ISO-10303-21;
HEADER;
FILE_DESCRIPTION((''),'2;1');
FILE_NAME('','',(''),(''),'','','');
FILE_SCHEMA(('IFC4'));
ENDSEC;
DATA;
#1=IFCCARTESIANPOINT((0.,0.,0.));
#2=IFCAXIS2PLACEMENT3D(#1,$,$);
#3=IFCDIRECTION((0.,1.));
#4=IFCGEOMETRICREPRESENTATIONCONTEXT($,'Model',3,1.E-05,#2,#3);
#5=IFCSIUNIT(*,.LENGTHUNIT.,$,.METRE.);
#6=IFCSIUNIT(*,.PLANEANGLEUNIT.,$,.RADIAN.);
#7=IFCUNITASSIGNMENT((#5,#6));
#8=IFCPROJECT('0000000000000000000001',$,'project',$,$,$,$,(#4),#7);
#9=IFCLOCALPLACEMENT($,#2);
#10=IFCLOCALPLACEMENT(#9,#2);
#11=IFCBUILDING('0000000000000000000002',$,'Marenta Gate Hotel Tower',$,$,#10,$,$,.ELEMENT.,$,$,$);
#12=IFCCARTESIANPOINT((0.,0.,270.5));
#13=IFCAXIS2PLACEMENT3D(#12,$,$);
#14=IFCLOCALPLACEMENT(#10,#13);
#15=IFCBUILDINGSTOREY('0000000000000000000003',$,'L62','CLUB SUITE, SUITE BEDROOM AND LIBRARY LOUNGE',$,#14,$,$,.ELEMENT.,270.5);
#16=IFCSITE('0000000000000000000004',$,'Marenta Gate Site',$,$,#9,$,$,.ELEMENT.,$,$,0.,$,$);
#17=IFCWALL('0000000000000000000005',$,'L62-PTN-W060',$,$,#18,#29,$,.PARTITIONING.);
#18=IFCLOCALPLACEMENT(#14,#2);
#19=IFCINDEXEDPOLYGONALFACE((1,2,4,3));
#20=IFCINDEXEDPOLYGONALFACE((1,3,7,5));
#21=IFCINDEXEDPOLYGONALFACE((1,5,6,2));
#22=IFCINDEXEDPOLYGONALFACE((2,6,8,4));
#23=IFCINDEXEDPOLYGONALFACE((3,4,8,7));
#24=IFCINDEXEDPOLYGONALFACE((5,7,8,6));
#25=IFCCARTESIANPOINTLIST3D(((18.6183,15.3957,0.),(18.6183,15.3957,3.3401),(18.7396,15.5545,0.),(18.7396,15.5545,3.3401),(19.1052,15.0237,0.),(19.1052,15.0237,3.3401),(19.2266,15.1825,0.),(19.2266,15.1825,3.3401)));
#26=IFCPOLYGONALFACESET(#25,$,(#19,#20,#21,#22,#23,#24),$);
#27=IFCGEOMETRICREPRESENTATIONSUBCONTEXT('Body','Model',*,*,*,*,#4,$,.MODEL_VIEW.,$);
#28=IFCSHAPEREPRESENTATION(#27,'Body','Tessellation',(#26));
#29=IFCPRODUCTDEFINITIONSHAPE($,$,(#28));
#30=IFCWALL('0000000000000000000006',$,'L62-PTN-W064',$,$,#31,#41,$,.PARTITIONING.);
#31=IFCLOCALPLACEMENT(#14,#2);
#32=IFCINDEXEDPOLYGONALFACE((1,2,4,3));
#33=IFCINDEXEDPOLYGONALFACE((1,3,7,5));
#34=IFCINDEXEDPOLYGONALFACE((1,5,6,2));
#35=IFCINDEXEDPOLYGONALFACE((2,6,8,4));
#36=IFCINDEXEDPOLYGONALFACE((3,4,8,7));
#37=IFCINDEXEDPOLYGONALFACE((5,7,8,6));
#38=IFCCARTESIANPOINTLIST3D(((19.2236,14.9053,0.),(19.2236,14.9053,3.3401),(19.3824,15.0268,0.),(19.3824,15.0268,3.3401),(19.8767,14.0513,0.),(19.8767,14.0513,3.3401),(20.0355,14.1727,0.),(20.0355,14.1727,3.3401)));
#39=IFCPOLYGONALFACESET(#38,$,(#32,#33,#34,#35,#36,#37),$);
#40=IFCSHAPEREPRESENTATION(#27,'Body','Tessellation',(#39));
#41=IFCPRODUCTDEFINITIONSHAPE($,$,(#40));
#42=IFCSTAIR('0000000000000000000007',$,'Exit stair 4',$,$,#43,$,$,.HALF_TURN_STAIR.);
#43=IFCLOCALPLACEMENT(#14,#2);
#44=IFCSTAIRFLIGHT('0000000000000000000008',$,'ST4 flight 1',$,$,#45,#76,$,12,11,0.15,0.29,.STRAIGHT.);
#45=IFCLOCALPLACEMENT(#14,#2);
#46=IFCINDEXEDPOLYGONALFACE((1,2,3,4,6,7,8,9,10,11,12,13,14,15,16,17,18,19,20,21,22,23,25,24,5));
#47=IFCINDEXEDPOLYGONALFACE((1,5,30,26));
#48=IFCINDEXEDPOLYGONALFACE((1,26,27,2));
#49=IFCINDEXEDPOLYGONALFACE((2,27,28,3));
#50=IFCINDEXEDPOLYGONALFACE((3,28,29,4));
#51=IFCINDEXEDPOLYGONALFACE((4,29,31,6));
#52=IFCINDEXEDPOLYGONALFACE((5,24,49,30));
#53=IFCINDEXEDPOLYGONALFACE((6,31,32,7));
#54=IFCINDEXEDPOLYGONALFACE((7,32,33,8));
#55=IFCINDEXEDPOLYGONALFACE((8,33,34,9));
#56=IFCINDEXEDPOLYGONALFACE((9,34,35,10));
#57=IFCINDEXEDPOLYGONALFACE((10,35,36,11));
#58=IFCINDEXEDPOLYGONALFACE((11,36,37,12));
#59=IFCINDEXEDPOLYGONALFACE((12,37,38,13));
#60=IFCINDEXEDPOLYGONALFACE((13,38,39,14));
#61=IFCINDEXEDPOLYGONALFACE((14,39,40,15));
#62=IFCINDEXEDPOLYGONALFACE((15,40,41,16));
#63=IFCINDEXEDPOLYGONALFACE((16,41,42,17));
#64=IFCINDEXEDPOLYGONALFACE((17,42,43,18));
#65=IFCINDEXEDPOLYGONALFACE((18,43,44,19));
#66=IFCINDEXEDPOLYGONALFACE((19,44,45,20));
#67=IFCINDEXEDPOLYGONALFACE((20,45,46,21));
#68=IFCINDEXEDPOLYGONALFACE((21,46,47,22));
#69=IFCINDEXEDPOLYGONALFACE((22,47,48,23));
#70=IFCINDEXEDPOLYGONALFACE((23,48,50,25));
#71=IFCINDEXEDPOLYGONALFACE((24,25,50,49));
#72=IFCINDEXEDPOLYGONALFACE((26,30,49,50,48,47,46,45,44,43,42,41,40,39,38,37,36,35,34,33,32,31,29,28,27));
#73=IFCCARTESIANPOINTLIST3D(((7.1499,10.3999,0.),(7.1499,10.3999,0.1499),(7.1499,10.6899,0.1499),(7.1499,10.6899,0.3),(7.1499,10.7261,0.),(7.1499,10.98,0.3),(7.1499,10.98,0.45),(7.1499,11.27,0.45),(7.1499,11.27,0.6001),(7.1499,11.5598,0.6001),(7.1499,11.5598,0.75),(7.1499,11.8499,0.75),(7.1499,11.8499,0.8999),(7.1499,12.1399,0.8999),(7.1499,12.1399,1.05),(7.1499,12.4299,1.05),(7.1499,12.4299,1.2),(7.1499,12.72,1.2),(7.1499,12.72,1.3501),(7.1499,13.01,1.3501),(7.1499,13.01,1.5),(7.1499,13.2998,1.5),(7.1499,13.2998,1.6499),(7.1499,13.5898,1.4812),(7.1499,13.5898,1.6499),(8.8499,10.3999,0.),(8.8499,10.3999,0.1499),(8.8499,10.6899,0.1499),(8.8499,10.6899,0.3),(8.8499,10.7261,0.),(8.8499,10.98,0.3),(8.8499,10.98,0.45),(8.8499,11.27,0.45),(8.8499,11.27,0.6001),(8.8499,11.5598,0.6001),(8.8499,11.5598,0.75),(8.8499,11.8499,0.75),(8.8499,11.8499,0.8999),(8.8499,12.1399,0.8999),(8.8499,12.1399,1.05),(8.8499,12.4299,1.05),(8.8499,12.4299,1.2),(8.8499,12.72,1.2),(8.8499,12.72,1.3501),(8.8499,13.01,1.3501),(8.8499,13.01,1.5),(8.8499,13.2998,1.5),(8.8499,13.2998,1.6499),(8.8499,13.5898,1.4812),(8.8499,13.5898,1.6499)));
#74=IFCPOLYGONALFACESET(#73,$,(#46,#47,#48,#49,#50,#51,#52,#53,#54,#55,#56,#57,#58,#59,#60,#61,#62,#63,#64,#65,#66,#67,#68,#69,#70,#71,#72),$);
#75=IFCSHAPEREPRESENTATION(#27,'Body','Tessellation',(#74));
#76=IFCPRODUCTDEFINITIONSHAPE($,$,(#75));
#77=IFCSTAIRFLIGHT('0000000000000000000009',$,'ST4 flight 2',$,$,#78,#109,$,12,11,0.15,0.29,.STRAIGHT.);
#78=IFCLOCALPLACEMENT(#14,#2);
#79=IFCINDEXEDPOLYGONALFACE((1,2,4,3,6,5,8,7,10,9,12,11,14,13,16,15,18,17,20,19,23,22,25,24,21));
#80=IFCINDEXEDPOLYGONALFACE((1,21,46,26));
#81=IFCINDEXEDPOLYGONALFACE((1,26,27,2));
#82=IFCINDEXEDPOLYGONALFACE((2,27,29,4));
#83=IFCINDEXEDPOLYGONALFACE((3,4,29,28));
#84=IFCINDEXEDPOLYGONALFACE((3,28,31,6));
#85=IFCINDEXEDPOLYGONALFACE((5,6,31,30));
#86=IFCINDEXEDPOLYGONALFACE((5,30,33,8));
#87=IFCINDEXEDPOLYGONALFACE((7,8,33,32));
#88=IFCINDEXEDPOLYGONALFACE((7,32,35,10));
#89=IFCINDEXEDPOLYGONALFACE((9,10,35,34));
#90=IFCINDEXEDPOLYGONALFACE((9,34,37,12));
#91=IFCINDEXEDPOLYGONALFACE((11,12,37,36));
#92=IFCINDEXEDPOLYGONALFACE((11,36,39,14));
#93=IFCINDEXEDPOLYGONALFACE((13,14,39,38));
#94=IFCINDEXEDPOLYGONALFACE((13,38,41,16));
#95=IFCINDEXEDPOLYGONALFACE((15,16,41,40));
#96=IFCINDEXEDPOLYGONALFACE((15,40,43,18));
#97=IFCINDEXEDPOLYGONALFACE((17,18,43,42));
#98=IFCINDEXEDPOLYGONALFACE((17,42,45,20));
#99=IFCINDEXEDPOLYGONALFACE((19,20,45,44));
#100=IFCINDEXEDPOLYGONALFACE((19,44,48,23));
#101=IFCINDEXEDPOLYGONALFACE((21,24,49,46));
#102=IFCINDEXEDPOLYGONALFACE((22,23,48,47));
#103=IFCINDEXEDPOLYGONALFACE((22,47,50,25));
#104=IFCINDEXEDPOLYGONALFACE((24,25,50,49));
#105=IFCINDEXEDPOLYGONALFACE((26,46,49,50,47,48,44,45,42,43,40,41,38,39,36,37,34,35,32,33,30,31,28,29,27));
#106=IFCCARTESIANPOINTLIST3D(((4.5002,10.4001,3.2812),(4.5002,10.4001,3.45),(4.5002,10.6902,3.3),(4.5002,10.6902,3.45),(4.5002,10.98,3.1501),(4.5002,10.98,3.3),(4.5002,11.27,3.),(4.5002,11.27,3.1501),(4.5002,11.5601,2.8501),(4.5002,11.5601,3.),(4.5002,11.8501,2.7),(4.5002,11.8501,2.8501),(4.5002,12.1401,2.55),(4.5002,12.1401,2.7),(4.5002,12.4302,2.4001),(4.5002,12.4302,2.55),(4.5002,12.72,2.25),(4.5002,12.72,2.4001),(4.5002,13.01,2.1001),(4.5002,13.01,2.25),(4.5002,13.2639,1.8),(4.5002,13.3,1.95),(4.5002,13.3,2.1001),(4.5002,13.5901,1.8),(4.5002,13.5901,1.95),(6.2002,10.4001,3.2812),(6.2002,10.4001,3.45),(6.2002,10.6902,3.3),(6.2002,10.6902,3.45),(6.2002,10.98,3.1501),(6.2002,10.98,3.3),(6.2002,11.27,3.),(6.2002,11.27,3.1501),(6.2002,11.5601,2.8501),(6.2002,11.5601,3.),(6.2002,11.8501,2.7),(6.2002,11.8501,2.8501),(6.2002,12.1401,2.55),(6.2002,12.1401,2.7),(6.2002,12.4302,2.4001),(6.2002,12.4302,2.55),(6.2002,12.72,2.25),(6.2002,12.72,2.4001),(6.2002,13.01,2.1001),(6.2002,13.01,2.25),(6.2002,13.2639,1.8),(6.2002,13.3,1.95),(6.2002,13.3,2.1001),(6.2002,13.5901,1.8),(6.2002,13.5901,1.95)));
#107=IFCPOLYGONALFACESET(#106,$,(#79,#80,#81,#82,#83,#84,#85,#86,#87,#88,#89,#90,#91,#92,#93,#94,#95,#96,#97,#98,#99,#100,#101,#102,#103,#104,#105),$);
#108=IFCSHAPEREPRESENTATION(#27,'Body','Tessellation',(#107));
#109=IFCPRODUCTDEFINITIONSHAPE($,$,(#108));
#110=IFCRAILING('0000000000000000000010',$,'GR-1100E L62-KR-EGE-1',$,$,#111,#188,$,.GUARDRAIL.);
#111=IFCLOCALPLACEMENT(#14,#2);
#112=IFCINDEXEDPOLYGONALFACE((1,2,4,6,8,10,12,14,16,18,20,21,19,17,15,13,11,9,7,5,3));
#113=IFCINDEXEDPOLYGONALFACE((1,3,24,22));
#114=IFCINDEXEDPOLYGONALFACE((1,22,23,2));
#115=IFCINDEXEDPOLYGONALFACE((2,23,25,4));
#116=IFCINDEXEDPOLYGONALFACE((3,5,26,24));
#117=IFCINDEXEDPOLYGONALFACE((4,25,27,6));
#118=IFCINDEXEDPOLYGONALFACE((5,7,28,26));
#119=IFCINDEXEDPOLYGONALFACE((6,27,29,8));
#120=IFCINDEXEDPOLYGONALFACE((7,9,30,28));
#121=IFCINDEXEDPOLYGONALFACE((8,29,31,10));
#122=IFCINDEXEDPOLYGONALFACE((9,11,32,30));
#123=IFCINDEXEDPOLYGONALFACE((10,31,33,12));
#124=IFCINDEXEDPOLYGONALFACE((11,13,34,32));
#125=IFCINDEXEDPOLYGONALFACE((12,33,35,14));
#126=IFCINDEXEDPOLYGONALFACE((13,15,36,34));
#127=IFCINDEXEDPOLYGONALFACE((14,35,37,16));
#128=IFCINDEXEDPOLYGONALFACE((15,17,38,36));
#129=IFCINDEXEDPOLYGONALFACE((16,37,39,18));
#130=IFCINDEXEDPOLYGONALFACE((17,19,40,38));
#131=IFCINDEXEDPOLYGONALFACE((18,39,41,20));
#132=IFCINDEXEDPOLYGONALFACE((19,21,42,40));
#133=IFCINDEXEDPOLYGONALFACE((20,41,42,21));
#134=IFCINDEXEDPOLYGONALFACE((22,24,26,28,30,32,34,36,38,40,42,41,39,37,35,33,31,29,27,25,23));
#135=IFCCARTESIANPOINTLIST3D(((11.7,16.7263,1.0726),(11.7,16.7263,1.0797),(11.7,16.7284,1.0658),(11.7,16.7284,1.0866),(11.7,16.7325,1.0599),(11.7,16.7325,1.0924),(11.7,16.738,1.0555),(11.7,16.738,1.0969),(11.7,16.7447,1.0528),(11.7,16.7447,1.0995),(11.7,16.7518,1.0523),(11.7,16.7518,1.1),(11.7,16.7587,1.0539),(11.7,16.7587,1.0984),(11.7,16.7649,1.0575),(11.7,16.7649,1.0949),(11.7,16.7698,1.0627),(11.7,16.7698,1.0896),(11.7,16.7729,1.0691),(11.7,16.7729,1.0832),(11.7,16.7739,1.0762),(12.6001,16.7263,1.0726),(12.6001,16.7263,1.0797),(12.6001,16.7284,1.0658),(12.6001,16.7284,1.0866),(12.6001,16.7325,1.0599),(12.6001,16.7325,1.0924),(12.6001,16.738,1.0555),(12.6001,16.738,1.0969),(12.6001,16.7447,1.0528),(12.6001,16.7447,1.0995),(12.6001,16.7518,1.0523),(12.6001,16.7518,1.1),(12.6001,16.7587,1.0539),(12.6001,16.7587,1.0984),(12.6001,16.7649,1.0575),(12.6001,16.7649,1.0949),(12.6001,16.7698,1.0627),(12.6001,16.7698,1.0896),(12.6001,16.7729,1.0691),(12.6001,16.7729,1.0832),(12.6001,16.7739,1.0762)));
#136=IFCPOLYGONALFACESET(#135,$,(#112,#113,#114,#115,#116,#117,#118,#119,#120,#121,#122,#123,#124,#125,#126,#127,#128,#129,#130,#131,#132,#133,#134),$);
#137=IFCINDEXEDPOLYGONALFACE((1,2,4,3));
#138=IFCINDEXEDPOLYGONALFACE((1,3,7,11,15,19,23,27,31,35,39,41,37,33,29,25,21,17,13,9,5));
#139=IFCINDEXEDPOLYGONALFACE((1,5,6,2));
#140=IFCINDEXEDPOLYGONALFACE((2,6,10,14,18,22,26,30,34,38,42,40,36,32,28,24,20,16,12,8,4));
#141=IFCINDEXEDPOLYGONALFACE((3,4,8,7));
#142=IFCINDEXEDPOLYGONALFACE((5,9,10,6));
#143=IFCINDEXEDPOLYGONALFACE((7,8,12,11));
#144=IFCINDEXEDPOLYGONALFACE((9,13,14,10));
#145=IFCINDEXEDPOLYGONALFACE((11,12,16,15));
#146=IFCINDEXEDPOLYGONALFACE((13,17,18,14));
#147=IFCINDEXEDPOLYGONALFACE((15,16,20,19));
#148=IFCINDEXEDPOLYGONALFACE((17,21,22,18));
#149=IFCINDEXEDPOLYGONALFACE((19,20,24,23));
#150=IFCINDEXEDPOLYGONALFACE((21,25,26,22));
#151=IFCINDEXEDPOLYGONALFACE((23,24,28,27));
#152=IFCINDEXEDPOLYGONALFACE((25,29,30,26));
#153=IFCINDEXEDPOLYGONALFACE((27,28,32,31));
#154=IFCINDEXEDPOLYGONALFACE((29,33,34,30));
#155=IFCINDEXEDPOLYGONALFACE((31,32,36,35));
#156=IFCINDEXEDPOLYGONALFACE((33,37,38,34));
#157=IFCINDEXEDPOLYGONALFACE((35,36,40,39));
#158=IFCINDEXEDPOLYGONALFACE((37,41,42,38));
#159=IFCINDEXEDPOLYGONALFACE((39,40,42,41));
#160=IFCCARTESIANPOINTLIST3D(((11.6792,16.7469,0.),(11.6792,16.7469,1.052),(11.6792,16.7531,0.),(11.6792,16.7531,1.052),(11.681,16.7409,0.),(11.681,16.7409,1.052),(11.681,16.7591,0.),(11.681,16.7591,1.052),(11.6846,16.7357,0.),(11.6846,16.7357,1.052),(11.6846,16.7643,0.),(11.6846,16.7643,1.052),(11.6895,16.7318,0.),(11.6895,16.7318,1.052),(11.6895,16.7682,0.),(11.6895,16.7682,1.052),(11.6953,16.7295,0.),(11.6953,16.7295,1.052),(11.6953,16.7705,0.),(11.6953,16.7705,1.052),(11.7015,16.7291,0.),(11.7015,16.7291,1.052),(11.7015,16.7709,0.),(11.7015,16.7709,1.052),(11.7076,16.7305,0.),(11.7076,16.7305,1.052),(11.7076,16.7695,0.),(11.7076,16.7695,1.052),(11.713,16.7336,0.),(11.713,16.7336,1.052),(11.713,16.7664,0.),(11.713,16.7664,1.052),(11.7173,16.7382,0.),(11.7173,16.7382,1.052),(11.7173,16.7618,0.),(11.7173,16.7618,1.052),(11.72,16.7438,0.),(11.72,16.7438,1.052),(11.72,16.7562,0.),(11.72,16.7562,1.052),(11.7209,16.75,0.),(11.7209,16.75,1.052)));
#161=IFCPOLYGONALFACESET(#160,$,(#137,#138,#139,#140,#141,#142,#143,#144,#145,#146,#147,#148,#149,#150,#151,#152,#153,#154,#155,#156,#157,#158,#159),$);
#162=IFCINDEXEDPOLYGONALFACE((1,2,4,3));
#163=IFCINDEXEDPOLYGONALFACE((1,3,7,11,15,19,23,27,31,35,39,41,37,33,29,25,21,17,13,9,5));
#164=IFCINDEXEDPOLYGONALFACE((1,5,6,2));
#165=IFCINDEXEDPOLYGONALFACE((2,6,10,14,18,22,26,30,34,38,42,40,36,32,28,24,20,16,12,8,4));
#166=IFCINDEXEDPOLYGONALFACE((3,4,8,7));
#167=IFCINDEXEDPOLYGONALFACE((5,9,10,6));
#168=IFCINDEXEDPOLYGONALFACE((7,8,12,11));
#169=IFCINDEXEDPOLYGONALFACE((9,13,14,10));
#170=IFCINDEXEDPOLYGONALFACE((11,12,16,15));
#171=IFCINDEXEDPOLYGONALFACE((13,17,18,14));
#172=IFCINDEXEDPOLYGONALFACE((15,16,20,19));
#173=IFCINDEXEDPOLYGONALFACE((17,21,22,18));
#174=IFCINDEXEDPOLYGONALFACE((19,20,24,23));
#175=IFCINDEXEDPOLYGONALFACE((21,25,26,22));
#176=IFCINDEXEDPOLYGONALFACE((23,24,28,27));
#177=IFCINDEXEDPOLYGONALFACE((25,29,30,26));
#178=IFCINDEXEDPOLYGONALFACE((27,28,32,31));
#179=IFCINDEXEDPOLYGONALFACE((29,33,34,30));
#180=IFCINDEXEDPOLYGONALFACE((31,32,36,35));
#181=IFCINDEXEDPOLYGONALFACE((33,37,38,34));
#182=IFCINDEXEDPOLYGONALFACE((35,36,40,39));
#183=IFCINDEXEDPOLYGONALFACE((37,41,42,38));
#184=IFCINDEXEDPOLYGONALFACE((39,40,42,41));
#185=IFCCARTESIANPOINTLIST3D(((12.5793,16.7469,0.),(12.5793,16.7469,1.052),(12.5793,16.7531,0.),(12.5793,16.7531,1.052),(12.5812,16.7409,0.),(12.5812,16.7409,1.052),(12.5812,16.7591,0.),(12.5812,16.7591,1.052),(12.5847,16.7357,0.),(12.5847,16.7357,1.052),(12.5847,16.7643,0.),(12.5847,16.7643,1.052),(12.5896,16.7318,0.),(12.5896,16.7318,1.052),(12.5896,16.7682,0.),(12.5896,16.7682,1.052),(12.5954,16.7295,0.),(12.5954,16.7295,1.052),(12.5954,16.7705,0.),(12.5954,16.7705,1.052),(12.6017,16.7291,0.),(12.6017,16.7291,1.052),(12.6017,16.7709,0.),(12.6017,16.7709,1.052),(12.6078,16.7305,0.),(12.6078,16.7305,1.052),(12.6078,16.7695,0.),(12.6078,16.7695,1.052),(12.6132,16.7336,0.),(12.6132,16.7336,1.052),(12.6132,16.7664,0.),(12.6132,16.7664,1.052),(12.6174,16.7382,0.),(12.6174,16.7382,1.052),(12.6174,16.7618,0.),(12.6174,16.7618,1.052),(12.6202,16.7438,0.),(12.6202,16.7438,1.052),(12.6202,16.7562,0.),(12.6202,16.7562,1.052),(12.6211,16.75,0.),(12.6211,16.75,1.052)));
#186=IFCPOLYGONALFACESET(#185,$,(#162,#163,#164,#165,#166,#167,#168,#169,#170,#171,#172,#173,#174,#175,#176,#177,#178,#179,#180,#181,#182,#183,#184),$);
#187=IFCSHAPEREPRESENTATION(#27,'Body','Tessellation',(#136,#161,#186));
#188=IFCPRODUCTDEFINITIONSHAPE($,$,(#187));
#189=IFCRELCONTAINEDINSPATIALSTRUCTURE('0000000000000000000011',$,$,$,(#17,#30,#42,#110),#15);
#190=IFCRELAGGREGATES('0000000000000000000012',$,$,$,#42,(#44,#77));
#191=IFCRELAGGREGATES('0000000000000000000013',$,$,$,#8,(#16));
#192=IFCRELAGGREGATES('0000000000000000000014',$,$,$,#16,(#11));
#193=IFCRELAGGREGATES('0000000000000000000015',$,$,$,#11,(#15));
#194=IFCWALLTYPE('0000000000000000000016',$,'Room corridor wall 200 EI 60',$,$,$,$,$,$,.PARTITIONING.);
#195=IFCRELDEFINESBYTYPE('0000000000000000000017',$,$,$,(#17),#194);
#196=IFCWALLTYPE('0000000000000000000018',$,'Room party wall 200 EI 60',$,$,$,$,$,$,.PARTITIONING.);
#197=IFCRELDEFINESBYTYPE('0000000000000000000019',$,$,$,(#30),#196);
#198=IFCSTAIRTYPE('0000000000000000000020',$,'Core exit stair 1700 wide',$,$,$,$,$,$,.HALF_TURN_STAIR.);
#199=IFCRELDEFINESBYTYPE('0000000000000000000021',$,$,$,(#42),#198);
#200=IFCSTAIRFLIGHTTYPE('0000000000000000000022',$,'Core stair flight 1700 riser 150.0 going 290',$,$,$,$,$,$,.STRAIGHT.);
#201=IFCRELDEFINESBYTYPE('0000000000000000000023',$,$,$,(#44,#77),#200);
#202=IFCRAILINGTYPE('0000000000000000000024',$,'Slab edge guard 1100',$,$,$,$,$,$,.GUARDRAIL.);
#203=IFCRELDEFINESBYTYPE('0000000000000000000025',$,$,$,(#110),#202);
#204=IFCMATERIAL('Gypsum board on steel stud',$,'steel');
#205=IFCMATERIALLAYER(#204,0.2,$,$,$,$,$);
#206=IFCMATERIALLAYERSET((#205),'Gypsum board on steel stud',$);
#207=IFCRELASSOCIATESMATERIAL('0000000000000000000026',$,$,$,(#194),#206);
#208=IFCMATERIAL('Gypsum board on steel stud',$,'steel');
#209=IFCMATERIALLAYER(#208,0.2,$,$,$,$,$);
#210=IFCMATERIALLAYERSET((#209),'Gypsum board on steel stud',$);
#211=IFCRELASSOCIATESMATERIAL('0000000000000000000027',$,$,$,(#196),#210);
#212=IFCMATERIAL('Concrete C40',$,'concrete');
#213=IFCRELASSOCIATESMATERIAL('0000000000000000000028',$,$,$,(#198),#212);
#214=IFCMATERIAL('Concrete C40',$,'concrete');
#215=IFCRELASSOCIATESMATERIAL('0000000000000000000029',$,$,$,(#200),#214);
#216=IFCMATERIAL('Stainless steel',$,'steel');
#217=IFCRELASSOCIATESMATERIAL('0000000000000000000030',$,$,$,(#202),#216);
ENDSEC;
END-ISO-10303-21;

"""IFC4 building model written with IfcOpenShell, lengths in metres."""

from ifc_helpers import new_model, si_unit, direction, frame, frame_2d, origin, origin_2d, place, context, subcontext, project, spatial, polyline, rectangle, circle, outline, extrude, material, layer, layer_set, type_object, element, aggregate, save


model = new_model("IFC4")

# Units and contexts
model_context = context("Model", 3, precision=1e-05, world=origin(), true_north=direction((0.0, 1.0)))
body_context = subcontext(model_context, "Body", "Model", "MODEL_VIEW")
ifc_project = project(units=[si_unit("LENGTHUNIT", "METRE"), si_unit("PLANEANGLEUNIT", "RADIAN")], contexts=[model_context])

# Site, building, storey
site_placement = place(None, origin())
site = spatial("IfcSite", under=ifc_project, at=site_placement, Name="Marenta Gate Site", CompositionType="ELEMENT", RefElevation=0.0)
building_placement = place(site_placement, origin())
building = spatial("IfcBuilding", under=site, at=building_placement, Name="Marenta Gate Hotel Tower", CompositionType="ELEMENT")
storey_placement = place(building_placement, frame((0.0, 0.0, 270.5)))
storey = spatial("IfcBuildingStorey", under=building, at=storey_placement, Name="L62", Description="CLUB SUITE, SUITE BEDROOM AND LIBRARY LOUNGE", CompositionType="ELEMENT", Elevation=270.5)

# Walls
ifc_material_1 = material(Name="Gypsum board on steel stud", Category="steel")
ifc_layer_1 = layer(ifc_material_1, 0.2)
ifc_layer_set_1 = layer_set([ifc_layer_1], Name="Gypsum board on steel stud")
wall_type_1 = type_object("IfcWallType", Name="Room corridor wall 200 EI 60", PredefinedType="PARTITIONING", material=ifc_layer_set_1)
wall_1_placement = place(storey_placement, frame((18.679, 15.4751, 0.0), z_axis=(0.0, 0.0, 1.0), x_axis=(0.794663, -0.607051, 0.0)))
element("IfcWall", 1, at=wall_1_placement, inside=storey, type_object=wall_type_1, Name="L62-PTN-W060", PredefinedType="PARTITIONING", context=body_context, shape_type="SweptSolid", body=[
    extrude(rectangle(XDim=0.6128, YDim=0.2, at=frame_2d((0.3064, 0.0))), origin(), (0.0, 0.0, 1.0), 3.3401),
])
ifc_material_2 = material(Name="Gypsum board on steel stud", Category="steel")
ifc_layer_2 = layer(ifc_material_2, 0.2)
ifc_layer_set_2 = layer_set([ifc_layer_2], Name="Gypsum board on steel stud")
wall_type_2 = type_object("IfcWallType", Name="Room party wall 200 EI 60", PredefinedType="PARTITIONING", material=ifc_layer_set_2)
wall_2_placement = place(storey_placement, frame((19.303, 14.9661, 0.0), z_axis=(0.0, 0.0, 1.0), x_axis=(0.607459, -0.794351, 0.0)))
element("IfcWall", 2, at=wall_2_placement, inside=storey, type_object=wall_type_2, Name="L62-PTN-W064", PredefinedType="PARTITIONING", context=body_context, shape_type="SweptSolid", body=[
    extrude(rectangle(XDim=1.0752, YDim=0.2, at=frame_2d((0.5376, 0.0))), origin(), (0.0, 0.0, 1.0), 3.3401),
])

# Stair, stair flights
ifc_material_3 = material(Name="Concrete C40", Category="concrete")
stair_type = type_object("IfcStairType", Name="Core exit stair 1700 wide", PredefinedType="HALF_TURN_STAIR", material=ifc_material_3)
stair_placement = place(storey_placement, origin())
stair = element("IfcStair", 3, at=stair_placement, inside=storey, type_object=stair_type, Name="Exit stair 4", PredefinedType="HALF_TURN_STAIR")
ifc_material_4 = material(Name="Concrete C40", Category="concrete")
stair_flight_type = type_object("IfcStairFlightType", Name="Core stair flight 1700 riser 150.0 going 290", PredefinedType="STRAIGHT", material=ifc_material_4)
stair_flight_1_placement = place(storey_placement, frame((8.0, 10.3999, 0.0), z_axis=(0.0, 0.0, 1.0), x_axis=(0.0, 1.0, 0.0)))
stair_flight_1 = element("IfcStairFlight", 4, at=stair_flight_1_placement, type_object=stair_flight_type, Name="ST4 flight 1", NumberOfRisers=12, NumberOfTreads=11, PredefinedType="STRAIGHT", RiserHeight=0.15, TreadLength=0.29, context=body_context, shape_type="SweptSolid", body=[
    extrude(outline(polyline([(0.0, 0.0), (0.0, 0.1499), (0.29, 0.1499), (0.29, 0.3), (0.5801, 0.3), (0.5801, 0.45), (0.8701, 0.45), (0.8701, 0.6001), (1.1599, 0.6001), (1.1599, 0.75), (1.45, 0.75), (1.45, 0.8999), (1.74, 0.8999), (1.74, 1.05), (2.03, 1.05), (2.03, 1.2), (2.3201, 1.2), (2.3201, 1.3501), (2.6101, 1.3501), (2.6101, 1.5), (2.8999, 1.5), (2.8999, 1.6499), (3.1899, 1.6499), (3.1899, 1.8), (3.1899, 1.4812), (0.3262, 0.0), (0.0, 0.0)])), frame((0.0, 0.8501, 0.0), z_axis=(0.0, -1.0, 0.0), x_axis=(1.0, 0.0, 0.0)), (0.0, 0.0, 1.0), 1.7),
])
stair_flight_2_placement = place(storey_placement, frame((5.3501, 13.5901, 1.8), z_axis=(0.0, 0.0, 1.0), x_axis=(0.0, -1.0, 0.0)))
stair_flight_2 = element("IfcStairFlight", 5, at=stair_flight_2_placement, type_object=stair_flight_type, Name="ST4 flight 2", NumberOfRisers=12, NumberOfTreads=11, PredefinedType="STRAIGHT", RiserHeight=0.15, TreadLength=0.29, context=body_context, shape_type="SweptSolid", body=[
    extrude(outline(polyline([(0.0, 0.0), (0.0, 0.1499), (0.29, 0.1499), (0.29, 0.3), (0.5801, 0.3), (0.5801, 0.45), (0.8701, 0.45), (0.8701, 0.6001), (1.1599, 0.6001), (1.1599, 0.75), (1.45, 0.75), (1.45, 0.8999), (1.74, 0.8999), (1.74, 1.05), (2.03, 1.05), (2.03, 1.2), (2.3201, 1.2), (2.3201, 1.3501), (2.6101, 1.3501), (2.6101, 1.5), (2.8999, 1.5), (2.8999, 1.6499), (3.1899, 1.6499), (3.1899, 1.8), (3.1899, 1.4812), (0.3262, 0.0), (0.0, 0.0)])), frame((0.0, 0.8501, 0.0), z_axis=(0.0, -1.0, 0.0), x_axis=(1.0, 0.0, 0.0)), (0.0, 0.0, 1.0), 1.7),
])
aggregate(stair, [stair_flight_1, stair_flight_2])

# Railing
ifc_material_5 = material(Name="Stainless steel", Category="steel")
railing_type_1 = type_object("IfcRailingType", Name="Slab edge guard 1100", PredefinedType="GUARDRAIL", material=ifc_material_5)
railing_1_placement = place(storey_placement, frame((11.7, 16.75, 0.0)))
element("IfcRailing", 6, at=railing_1_placement, inside=storey, type_object=railing_type_1, Name="GR-1100E L62-KR-EGE-1", PredefinedType="GUARDRAIL", context=body_context, shape_type="SweptSolid", body=[
    extrude(circle(Radius=0.0239, at=origin_2d()), frame((0.0, 0.0, 1.0762), z_axis=(1.0, 0.0, 0.0), x_axis=(0.0, 1.0, 0.0)), (0.0, 0.0, 1.0), 0.9001),
    extrude(circle(Radius=0.021, at=origin_2d()), origin(), (0.0, 0.0, 1.0), 1.052),
    extrude(circle(Radius=0.021, at=origin_2d()), frame((0.9001, 0.0, 0.0)), (0.0, 0.0, 1.0), 1.052),
])

save(model, "model.ifc")
